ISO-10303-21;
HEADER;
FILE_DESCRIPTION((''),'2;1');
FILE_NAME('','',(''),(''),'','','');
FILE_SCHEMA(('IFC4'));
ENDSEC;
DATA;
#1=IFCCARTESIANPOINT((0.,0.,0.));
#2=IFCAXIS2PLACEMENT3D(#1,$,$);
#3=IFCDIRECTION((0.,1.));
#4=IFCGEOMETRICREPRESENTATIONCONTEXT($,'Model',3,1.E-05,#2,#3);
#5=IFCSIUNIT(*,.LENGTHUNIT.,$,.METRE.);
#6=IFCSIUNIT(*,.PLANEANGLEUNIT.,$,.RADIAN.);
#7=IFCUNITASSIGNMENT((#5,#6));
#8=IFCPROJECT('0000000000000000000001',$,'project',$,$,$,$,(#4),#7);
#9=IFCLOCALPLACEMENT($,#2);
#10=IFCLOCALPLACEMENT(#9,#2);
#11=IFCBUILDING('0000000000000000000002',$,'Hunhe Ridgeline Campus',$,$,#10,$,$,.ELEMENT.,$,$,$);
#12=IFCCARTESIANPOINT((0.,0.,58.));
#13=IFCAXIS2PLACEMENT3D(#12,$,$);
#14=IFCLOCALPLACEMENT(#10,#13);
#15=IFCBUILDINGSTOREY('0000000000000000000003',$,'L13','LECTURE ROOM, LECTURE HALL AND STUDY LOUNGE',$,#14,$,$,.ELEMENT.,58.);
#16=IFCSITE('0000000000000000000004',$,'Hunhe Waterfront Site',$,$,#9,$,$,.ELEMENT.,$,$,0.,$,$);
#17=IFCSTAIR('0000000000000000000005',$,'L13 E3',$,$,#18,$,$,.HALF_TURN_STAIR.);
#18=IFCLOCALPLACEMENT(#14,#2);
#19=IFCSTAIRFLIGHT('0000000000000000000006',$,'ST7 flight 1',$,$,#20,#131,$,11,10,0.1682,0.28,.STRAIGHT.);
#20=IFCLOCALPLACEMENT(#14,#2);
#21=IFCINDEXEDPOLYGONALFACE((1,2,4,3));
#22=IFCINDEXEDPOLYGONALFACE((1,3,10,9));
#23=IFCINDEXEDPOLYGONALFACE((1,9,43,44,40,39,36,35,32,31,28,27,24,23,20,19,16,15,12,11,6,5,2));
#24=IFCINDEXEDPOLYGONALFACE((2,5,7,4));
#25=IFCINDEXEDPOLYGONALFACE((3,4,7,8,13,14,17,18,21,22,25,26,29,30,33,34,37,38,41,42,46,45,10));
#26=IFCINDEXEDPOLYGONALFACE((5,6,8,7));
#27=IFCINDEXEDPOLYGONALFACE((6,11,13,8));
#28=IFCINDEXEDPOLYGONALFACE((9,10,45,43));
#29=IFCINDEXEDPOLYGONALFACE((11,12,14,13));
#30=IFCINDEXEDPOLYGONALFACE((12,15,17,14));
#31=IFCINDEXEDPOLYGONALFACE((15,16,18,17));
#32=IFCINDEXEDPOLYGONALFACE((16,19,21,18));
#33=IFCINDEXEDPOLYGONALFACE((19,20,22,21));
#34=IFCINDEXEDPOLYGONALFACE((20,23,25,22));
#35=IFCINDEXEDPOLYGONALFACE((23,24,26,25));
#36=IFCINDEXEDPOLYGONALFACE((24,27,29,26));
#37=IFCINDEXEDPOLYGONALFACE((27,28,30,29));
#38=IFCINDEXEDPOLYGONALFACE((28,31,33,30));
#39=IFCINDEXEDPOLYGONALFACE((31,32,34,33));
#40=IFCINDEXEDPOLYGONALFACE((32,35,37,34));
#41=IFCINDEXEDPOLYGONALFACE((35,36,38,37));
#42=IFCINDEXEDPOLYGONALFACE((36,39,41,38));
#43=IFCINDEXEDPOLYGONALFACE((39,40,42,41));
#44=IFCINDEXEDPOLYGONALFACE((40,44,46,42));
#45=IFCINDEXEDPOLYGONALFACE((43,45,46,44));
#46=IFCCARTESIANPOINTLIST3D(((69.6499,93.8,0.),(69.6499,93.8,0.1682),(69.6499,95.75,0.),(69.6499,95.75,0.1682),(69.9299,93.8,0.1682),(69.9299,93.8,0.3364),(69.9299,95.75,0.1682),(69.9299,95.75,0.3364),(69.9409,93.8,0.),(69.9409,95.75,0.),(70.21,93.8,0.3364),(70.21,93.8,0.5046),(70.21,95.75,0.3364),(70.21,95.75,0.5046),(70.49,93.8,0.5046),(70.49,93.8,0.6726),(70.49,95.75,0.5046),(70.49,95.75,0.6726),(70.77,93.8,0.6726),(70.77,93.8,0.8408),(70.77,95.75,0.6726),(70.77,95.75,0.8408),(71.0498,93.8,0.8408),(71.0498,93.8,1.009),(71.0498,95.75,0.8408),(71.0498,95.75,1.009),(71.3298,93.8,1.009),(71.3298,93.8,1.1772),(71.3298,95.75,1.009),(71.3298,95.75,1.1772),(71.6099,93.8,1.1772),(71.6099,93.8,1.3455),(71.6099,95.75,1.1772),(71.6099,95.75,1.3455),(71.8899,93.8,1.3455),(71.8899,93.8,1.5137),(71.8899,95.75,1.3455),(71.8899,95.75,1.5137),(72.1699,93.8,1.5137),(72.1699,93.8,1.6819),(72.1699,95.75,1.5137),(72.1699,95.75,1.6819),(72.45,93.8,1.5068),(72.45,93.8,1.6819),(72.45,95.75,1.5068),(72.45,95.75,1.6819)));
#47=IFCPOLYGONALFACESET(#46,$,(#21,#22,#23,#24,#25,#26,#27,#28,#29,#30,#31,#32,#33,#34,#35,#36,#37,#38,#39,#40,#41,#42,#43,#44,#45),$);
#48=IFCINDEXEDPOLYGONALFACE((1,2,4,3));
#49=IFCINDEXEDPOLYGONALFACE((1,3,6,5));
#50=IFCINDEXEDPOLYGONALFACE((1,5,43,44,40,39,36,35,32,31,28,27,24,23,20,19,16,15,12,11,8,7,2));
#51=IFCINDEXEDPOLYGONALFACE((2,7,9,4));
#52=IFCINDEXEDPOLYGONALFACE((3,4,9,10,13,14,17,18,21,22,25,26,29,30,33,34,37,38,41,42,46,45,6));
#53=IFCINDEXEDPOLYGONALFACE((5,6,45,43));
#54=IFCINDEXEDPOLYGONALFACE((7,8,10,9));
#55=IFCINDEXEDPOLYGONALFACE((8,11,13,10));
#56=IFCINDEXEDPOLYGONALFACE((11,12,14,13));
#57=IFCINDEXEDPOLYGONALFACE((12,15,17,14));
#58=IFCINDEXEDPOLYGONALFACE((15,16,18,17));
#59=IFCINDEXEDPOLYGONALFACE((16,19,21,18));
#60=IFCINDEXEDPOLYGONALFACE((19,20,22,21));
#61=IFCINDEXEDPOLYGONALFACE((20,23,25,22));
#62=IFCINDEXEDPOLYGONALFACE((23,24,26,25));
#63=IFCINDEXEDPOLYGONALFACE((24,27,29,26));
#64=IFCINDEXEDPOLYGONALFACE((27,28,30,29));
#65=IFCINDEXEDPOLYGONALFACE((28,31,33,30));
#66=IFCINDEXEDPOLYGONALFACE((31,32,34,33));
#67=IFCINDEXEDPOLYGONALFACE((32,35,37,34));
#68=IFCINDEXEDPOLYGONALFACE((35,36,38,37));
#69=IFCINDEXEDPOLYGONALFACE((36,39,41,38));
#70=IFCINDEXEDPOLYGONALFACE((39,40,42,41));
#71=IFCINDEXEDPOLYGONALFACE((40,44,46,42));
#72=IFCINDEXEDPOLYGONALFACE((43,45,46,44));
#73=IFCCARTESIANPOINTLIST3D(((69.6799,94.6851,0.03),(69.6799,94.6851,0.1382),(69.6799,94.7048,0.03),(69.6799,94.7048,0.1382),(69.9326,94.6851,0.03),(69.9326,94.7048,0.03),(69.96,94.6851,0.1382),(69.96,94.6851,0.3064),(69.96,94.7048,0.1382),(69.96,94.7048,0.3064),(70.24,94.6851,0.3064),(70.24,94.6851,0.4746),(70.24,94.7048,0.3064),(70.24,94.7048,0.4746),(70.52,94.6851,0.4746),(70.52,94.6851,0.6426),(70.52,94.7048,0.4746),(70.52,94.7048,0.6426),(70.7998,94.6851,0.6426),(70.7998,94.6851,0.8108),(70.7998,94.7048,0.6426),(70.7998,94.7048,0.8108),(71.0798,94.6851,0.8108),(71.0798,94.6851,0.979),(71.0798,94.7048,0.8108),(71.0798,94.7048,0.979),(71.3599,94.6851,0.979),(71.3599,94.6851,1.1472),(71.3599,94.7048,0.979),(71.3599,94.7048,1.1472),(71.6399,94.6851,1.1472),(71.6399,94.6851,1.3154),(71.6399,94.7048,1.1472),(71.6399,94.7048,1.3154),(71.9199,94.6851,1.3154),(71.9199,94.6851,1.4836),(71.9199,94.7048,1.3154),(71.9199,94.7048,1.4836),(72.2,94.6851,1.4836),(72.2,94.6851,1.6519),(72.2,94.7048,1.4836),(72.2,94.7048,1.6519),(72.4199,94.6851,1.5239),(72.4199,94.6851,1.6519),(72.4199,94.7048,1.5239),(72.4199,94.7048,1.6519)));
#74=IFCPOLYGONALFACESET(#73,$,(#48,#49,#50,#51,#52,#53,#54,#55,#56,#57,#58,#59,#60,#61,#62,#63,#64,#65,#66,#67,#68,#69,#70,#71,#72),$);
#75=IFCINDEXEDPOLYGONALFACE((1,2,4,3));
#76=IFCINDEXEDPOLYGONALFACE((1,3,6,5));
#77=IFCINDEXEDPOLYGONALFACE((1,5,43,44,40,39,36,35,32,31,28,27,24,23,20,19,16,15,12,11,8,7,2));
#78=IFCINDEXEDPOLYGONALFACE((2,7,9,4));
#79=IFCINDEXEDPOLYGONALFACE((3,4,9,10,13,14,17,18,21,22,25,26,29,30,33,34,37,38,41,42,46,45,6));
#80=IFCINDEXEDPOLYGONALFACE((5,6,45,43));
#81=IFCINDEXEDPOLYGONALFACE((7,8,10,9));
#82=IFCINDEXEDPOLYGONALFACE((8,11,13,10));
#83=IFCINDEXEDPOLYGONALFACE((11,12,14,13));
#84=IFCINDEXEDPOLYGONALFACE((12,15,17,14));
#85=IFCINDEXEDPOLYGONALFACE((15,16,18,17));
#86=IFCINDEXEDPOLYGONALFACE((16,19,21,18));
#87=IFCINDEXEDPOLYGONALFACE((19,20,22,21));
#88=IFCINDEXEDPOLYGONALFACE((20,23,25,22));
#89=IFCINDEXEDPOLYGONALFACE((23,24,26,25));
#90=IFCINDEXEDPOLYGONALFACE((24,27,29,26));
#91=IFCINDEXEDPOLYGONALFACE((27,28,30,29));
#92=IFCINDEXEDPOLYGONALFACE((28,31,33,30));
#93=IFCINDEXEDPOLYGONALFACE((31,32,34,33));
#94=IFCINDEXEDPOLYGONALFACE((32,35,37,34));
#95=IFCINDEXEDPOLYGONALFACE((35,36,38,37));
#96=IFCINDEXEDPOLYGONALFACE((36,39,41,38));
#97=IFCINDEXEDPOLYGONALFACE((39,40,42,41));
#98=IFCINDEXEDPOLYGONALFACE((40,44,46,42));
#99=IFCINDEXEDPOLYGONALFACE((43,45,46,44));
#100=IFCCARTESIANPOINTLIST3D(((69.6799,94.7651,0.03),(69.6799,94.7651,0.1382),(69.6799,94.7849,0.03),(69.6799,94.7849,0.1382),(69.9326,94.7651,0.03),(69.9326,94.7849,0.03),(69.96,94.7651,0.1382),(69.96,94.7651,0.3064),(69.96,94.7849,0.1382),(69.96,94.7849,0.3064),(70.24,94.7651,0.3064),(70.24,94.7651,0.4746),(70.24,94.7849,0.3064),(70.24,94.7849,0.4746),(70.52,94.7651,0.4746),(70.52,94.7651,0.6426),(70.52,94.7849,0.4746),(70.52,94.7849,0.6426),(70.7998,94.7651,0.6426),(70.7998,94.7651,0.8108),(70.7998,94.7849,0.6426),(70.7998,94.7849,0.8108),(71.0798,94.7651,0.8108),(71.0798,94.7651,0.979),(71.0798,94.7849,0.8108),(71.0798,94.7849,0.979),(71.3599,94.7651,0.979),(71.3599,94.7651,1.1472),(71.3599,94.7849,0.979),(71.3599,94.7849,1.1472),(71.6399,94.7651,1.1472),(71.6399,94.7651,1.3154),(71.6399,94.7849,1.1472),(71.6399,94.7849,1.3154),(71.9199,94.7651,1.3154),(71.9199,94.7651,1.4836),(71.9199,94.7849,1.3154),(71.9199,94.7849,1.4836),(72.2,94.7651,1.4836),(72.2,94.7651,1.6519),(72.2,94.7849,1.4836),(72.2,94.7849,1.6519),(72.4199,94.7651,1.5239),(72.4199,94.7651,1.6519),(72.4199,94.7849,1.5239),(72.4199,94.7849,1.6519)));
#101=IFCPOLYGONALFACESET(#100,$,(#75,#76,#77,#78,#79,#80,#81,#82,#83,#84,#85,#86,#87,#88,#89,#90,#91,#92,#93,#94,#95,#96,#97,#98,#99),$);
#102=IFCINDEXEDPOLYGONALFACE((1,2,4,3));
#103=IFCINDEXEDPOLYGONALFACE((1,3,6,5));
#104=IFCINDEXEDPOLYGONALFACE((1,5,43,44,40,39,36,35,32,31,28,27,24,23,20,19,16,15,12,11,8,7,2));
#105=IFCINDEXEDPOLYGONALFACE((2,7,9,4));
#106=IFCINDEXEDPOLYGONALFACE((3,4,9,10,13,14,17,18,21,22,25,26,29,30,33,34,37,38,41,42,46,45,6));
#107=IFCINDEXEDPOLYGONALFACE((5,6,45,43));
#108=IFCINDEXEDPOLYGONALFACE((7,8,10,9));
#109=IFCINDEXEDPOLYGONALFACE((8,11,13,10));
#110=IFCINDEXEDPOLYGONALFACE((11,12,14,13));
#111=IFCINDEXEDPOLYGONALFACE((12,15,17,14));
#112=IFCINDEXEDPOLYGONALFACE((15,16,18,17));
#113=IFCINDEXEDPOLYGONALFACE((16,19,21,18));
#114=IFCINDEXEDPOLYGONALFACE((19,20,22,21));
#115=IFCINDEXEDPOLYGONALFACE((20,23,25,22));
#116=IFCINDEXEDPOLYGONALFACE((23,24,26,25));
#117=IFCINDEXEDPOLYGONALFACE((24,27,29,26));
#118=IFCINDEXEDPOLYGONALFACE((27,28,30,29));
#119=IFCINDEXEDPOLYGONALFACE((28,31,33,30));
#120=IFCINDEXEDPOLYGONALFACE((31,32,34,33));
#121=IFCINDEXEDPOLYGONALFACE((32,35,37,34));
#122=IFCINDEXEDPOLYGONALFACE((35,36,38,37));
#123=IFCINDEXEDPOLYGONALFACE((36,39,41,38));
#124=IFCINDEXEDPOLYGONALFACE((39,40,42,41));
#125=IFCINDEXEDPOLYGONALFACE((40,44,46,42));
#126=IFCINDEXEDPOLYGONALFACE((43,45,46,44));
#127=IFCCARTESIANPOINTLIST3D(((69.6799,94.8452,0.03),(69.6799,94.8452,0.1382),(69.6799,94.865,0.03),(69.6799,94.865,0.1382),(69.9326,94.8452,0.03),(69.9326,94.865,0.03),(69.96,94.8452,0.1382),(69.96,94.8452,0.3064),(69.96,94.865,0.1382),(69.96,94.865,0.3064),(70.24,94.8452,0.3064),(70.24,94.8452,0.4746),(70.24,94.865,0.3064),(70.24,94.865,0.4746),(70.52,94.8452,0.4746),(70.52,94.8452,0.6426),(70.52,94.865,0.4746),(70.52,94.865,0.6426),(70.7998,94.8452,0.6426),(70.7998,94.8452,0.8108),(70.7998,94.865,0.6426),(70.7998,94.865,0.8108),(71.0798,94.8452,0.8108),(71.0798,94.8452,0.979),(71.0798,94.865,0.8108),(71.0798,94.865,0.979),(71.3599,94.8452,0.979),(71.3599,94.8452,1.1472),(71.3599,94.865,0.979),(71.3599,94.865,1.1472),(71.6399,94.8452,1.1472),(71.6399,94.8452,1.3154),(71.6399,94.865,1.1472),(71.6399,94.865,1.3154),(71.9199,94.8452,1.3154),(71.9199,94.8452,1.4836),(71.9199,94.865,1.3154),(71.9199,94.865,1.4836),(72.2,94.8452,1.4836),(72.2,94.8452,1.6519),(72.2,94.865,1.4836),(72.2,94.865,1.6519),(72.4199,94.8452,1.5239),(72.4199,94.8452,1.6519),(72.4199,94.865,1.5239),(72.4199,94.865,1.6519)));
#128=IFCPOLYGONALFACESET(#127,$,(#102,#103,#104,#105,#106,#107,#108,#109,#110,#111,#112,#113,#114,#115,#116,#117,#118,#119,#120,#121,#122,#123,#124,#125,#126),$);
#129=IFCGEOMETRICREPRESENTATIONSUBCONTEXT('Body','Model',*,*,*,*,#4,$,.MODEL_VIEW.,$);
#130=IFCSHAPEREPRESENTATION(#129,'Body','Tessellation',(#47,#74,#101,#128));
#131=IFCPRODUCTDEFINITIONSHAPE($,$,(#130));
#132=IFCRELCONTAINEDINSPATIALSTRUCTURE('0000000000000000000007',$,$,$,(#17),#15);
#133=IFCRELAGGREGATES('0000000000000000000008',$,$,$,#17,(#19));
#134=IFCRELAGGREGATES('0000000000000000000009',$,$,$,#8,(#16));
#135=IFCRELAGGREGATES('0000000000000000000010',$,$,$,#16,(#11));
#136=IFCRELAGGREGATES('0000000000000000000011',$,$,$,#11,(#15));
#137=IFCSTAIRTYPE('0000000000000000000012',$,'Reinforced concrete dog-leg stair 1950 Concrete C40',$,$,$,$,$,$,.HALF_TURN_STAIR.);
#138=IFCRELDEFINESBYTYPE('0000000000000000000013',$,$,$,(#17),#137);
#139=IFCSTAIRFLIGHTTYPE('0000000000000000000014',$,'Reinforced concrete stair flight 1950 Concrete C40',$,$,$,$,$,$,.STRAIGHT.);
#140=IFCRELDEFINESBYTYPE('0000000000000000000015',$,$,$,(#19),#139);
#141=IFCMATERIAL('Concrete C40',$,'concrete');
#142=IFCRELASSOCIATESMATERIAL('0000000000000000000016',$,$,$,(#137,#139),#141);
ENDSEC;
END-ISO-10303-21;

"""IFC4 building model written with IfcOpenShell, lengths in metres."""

from ifc_helpers import new_model, si_unit, direction, frame, origin, place, context, subcontext, project, spatial, polyline, outline, extrude, material, type_object, element, aggregate, save


model = new_model("IFC4")

# Units and contexts
model_context = context("Model", 3, precision=1e-05, world=origin(), true_north=direction((0.0, 1.0)))
body_context = subcontext(model_context, "Body", "Model", "MODEL_VIEW")
ifc_project = project(units=[si_unit("LENGTHUNIT", "METRE"), si_unit("PLANEANGLEUNIT", "RADIAN")], contexts=[model_context])

# Site, building, storey
site_placement = place(None, origin())
site = spatial("IfcSite", under=ifc_project, at=site_placement, Name="Hunhe Waterfront Site", CompositionType="ELEMENT", RefElevation=0.0)
building_placement = place(site_placement, origin())
building = spatial("IfcBuilding", under=site, at=building_placement, Name="Hunhe Ridgeline Campus", CompositionType="ELEMENT")
storey_placement = place(building_placement, frame((0.0, 0.0, 58.0)))
storey = spatial("IfcBuildingStorey", under=building, at=storey_placement, Name="L13", Description="LECTURE ROOM, LECTURE HALL AND STUDY LOUNGE", CompositionType="ELEMENT", Elevation=58.0)

# Shared definitions
ifc_material_1 = material(Name="Concrete C40", Category="concrete")
stair_type = type_object("IfcStairType", Name="Reinforced concrete dog-leg stair 1950 Concrete C40", PredefinedType="HALF_TURN_STAIR", material=ifc_material_1)
stair_flight_type = type_object("IfcStairFlightType", Name="Reinforced concrete stair flight 1950 Concrete C40", PredefinedType="STRAIGHT", material=ifc_material_1)

# Stair, stair flight
stair_1_placement = place(storey_placement, origin())
stair_1 = element("IfcStair", 1, at=stair_1_placement, inside=storey, type_object=stair_type, Name="L13 E3", PredefinedType="HALF_TURN_STAIR")
stair_flight_1_placement = place(storey_placement, frame((69.6499, 94.7749, 0.0), z_axis=(0.0, 0.0, 1.0), x_axis=(1.0, 0.0, 0.0)))
stair_flight_1 = element("IfcStairFlight", 2, at=stair_flight_1_placement, type_object=stair_flight_type, Name="ST7 flight 1", NumberOfRisers=11, NumberOfTreads=10, PredefinedType="STRAIGHT", RiserHeight=0.1682, TreadLength=0.28, context=body_context, shape_type="SweptSolid", body=[
    extrude(outline(polyline([(0.0, 0.0), (0.0, 0.1682), (0.28, 0.1682), (0.28, 0.3364), (0.5601, 0.3364), (0.5601, 0.5046), (0.8401, 0.5046), (0.8401, 0.6726), (1.1201, 0.6726), (1.1201, 0.8408), (1.3999, 0.8408), (1.3999, 1.009), (1.6799, 1.009), (1.6799, 1.1772), (1.96, 1.1772), (1.96, 1.3455), (2.24, 1.3455), (2.24, 1.5137), (2.52, 1.5137), (2.52, 1.6819), (2.8, 1.6819), (2.8, 1.8501), (2.8, 1.5068), (0.291, 0.0), (0.0, 0.0)])), frame((0.0, 0.9751, 0.0), z_axis=(0.0, -1.0, 0.0), x_axis=(1.0, 0.0, 0.0)), (0.0, 0.0, 1.0), 1.95),
    extrude(outline(polyline([(0.03, 0.03), (0.03, 0.1382), (0.3101, 0.1382), (0.3101, 0.3064), (0.5901, 0.3064), (0.5901, 0.4746), (0.8701, 0.4746), (0.8701, 0.6426), (1.1499, 0.6426), (1.1499, 0.8108), (1.4299, 0.8108), (1.4299, 0.979), (1.71, 0.979), (1.71, 1.1472), (1.99, 1.1472), (1.99, 1.3154), (2.27, 1.3154), (2.27, 1.4836), (2.55, 1.4836), (2.55, 1.6519), (2.77, 1.6519), (2.77, 1.5239), (0.2827, 0.03), (0.03, 0.03)])), frame((0.0, -0.0701, 0.0), z_axis=(0.0, -1.0, 0.0), x_axis=(1.0, 0.0, 0.0)), (0.0, 0.0, 1.0), 0.0198),
    extrude(outline(polyline([(0.03, 0.03), (0.03, 0.1382), (0.3101, 0.1382), (0.3101, 0.3064), (0.5901, 0.3064), (0.5901, 0.4746), (0.8701, 0.4746), (0.8701, 0.6426), (1.1499, 0.6426), (1.1499, 0.8108), (1.4299, 0.8108), (1.4299, 0.979), (1.71, 0.979), (1.71, 1.1472), (1.99, 1.1472), (1.99, 1.3154), (2.27, 1.3154), (2.27, 1.4836), (2.55, 1.4836), (2.55, 1.6519), (2.77, 1.6519), (2.77, 1.5239), (0.2827, 0.03), (0.03, 0.03)])), frame((0.0, 0.01, 0.0), z_axis=(0.0, -1.0, 0.0), x_axis=(1.0, 0.0, 0.0)), (0.0, 0.0, 1.0), 0.0198),
    extrude(outline(polyline([(0.03, 0.03), (0.03, 0.1382), (0.3101, 0.1382), (0.3101, 0.3064), (0.5901, 0.3064), (0.5901, 0.4746), (0.8701, 0.4746), (0.8701, 0.6426), (1.1499, 0.6426), (1.1499, 0.8108), (1.4299, 0.8108), (1.4299, 0.979), (1.71, 0.979), (1.71, 1.1472), (1.99, 1.1472), (1.99, 1.3154), (2.27, 1.3154), (2.27, 1.4836), (2.55, 1.4836), (2.55, 1.6519), (2.77, 1.6519), (2.77, 1.5239), (0.2827, 0.03), (0.03, 0.03)])), frame((0.0, 0.0901, 0.0), z_axis=(0.0, -1.0, 0.0), x_axis=(1.0, 0.0, 0.0)), (0.0, 0.0, 1.0), 0.0198),
])
aggregate(stair_1, [stair_flight_1])

save(model, "model.ifc")
